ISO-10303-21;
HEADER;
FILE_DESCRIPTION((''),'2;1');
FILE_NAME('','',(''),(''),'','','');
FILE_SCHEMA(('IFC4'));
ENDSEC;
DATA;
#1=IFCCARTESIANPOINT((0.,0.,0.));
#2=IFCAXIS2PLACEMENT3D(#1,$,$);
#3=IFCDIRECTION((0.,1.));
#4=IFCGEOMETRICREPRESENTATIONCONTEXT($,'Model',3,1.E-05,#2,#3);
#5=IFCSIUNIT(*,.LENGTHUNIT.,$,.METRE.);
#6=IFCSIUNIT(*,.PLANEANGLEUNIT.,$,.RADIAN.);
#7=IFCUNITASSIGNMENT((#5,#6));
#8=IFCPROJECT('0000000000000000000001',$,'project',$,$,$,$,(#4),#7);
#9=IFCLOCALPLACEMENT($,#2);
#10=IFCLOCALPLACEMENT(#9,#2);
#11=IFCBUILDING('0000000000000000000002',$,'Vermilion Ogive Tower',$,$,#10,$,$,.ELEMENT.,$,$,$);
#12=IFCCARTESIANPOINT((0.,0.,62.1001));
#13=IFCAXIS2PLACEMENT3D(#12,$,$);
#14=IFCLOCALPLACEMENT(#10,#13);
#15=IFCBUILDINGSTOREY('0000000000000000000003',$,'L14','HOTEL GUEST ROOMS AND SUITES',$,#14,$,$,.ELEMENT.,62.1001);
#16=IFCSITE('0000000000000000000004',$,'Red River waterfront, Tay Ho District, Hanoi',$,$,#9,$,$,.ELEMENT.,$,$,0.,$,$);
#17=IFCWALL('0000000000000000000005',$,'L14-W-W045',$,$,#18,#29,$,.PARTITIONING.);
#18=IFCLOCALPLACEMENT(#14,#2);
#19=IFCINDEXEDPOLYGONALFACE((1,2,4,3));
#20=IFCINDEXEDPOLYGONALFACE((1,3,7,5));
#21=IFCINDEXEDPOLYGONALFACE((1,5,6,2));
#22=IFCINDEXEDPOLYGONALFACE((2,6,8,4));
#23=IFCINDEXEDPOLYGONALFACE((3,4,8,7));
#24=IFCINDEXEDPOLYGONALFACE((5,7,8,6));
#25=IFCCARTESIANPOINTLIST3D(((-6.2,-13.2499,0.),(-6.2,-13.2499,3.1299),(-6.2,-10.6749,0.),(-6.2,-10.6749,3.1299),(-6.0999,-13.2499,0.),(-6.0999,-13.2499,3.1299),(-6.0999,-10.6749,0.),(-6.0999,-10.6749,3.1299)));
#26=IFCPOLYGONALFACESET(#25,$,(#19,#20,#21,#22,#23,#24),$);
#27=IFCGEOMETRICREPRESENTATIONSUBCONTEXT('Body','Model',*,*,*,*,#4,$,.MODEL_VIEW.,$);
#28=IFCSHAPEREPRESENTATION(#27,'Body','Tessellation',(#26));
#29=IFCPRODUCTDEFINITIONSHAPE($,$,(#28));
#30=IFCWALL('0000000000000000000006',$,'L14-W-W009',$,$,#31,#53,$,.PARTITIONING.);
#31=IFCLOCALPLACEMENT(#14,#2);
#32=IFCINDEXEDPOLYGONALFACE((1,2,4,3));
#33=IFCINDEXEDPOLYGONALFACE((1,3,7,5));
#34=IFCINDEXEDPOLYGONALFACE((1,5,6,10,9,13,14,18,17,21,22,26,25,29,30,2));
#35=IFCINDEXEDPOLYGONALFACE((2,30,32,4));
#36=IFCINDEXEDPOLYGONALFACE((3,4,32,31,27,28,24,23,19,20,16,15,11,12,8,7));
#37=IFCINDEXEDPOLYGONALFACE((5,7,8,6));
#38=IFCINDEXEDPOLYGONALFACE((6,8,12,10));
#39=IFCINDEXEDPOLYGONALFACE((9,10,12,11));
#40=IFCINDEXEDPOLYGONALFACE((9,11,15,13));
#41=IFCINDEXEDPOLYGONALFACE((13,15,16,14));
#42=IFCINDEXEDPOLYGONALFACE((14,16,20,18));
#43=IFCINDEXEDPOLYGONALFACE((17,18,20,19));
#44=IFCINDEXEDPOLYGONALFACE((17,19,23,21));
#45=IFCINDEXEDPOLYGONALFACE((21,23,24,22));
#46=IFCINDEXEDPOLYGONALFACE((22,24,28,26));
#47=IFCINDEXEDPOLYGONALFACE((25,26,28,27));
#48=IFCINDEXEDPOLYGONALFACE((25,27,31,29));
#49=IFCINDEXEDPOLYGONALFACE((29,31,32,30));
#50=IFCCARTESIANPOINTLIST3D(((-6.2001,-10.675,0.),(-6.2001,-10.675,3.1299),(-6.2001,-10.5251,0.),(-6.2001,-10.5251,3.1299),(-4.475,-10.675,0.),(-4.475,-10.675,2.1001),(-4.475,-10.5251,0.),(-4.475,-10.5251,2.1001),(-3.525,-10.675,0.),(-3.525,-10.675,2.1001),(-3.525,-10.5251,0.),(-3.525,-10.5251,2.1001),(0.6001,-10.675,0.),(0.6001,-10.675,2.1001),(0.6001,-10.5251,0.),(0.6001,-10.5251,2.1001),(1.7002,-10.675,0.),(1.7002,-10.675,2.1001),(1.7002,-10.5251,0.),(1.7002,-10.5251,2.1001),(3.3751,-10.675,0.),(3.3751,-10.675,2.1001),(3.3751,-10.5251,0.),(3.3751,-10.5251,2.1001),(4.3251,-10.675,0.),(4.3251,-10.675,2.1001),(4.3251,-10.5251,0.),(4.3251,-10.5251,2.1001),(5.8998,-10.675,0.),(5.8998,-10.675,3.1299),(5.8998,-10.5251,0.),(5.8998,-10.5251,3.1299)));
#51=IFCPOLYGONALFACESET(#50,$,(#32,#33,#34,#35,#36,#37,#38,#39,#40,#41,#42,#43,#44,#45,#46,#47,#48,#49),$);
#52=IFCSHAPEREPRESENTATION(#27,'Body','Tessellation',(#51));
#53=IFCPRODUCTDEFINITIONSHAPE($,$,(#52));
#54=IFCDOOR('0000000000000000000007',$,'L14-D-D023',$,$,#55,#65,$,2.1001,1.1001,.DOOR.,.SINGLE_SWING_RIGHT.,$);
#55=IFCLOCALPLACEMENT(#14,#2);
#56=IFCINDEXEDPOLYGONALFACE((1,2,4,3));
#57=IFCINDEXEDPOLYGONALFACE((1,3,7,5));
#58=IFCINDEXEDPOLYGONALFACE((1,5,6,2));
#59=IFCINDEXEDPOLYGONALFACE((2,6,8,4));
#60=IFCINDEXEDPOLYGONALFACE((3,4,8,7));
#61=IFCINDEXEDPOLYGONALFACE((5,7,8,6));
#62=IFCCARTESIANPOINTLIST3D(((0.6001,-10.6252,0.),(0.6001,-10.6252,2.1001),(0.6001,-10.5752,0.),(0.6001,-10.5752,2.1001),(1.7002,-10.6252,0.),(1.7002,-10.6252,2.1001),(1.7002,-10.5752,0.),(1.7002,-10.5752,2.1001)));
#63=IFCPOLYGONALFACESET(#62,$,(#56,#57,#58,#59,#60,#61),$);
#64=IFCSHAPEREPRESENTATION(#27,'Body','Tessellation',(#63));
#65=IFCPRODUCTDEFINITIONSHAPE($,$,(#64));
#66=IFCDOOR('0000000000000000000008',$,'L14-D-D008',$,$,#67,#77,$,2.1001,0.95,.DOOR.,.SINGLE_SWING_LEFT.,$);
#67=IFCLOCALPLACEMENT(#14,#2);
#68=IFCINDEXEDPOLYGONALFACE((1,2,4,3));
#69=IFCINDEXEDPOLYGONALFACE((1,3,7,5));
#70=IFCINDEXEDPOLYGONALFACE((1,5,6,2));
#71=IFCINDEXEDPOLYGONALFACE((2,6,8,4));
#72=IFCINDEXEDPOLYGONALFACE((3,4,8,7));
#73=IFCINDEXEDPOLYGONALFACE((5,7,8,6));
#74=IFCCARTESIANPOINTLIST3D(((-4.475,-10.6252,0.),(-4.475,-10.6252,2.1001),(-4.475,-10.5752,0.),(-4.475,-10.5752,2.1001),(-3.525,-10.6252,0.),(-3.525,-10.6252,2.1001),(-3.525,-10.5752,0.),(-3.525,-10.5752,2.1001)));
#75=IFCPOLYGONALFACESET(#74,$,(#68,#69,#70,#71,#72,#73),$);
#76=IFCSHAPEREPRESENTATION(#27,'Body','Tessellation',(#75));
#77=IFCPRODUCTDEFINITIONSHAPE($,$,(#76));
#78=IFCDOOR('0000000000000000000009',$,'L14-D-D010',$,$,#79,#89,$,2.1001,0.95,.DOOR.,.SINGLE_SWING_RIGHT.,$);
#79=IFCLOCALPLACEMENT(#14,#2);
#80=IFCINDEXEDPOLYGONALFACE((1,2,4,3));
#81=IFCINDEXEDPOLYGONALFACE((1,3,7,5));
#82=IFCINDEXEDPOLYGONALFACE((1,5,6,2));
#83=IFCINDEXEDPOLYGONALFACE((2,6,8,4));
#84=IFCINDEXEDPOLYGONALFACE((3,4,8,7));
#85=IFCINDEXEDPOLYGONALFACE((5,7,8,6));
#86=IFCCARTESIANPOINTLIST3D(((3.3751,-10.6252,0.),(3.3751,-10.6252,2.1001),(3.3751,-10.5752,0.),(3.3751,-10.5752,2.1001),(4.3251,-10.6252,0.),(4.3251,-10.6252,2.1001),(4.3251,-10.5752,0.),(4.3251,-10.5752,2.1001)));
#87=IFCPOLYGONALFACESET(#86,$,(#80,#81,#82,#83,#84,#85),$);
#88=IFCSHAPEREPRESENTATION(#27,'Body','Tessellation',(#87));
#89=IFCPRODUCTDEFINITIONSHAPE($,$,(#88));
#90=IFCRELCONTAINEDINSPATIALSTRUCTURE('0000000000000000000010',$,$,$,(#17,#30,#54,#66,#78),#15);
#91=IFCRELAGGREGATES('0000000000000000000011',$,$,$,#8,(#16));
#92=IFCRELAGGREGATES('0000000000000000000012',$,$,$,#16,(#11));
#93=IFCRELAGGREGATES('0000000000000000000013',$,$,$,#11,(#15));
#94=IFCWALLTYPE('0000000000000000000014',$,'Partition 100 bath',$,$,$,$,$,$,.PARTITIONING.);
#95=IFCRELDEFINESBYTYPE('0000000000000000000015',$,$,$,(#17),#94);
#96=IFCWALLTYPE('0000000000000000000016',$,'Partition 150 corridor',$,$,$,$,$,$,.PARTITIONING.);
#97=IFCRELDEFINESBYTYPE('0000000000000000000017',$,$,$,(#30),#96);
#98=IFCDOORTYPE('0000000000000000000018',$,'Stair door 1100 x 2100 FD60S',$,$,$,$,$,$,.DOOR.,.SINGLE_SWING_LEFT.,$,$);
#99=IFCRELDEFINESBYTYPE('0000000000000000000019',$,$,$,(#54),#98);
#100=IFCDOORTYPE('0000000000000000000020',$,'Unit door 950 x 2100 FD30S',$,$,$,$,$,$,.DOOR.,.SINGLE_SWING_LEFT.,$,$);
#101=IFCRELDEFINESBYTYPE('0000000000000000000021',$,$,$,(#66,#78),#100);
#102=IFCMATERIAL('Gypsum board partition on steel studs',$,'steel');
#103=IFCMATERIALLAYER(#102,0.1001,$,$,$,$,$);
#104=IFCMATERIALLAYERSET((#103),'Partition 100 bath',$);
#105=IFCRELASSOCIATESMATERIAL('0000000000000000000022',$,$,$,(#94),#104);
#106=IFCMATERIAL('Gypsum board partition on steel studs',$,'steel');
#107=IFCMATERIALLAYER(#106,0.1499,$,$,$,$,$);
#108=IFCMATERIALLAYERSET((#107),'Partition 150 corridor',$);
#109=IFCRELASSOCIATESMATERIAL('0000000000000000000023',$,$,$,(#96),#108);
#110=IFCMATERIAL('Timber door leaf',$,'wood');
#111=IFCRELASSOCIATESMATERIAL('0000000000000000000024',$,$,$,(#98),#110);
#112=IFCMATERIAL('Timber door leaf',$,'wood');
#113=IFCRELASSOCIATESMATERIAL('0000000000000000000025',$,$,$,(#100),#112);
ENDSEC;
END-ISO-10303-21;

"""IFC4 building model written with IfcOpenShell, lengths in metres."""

from ifc_helpers import new_model, si_unit, direction, frame, frame_2d, origin, place, context, subcontext, project, spatial, rectangle, extrude, material, layer, layer_set, type_object, element, fill, save


model = new_model("IFC4")

# Units and contexts
model_context = context("Model", 3, precision=1e-05, world=origin(), true_north=direction((0.0, 1.0)))
body_context = subcontext(model_context, "Body", "Model", "MODEL_VIEW")
ifc_project = project(units=[si_unit("LENGTHUNIT", "METRE"), si_unit("PLANEANGLEUNIT", "RADIAN")], contexts=[model_context])

# Site, building, storey
site_placement = place(None, origin())
site = spatial("IfcSite", under=ifc_project, at=site_placement, Name="Red River waterfront, Tay Ho District, Hanoi", CompositionType="ELEMENT", RefElevation=0.0)
building_placement = place(site_placement, origin())
building = spatial("IfcBuilding", under=site, at=building_placement, Name="Vermilion Ogive Tower", CompositionType="ELEMENT")
storey_placement = place(building_placement, frame((0.0, 0.0, 62.1001)))
storey = spatial("IfcBuildingStorey", under=building, at=storey_placement, Name="L14", Description="HOTEL GUEST ROOMS AND SUITES", CompositionType="ELEMENT", Elevation=62.1001)

# Shared definitions
ifc_material_1 = material(Name="Gypsum board partition on steel studs", Category="steel")
ifc_layer_1 = layer(ifc_material_1, 0.1001)
ifc_layer_set_1 = layer_set([ifc_layer_1], Name="Partition 100 bath")
wall_type_1 = type_object("IfcWallType", Name="Partition 100 bath", PredefinedType="PARTITIONING", material=ifc_layer_set_1)

# Wall
wall_1_placement = place(storey_placement, frame((-6.1499, -13.25, 0.0), z_axis=(0.0, 0.0, 1.0), x_axis=(0.0, 1.0, 0.0)))
element("IfcWall", 1, at=wall_1_placement, inside=storey, type_object=wall_type_1, Name="L14-W-W045", PredefinedType="PARTITIONING", context=body_context, shape_type="SweptSolid", body=[
    extrude(rectangle(XDim=2.575, YDim=0.1001, at=frame_2d((1.2876, 0.0))), origin(), (0.0, 0.0, 1.0), 3.1299),
])

# Wall, openings, doors
ifc_material_2 = material(Name="Gypsum board partition on steel studs", Category="steel")
ifc_layer_2 = layer(ifc_material_2, 0.1499)
ifc_layer_set_2 = layer_set([ifc_layer_2], Name="Partition 150 corridor")
wall_type_2 = type_object("IfcWallType", Name="Partition 150 corridor", PredefinedType="PARTITIONING", material=ifc_layer_set_2)
wall_2_placement = place(storey_placement, frame((-6.2, -10.6001, 0.0), z_axis=(0.0, 0.0, 1.0), x_axis=(1.0, 0.0, 0.0)))
wall_2 = element("IfcWall", 2, at=wall_2_placement, inside=storey, type_object=wall_type_2, Name="L14-W-W009", PredefinedType="PARTITIONING", context=body_context, shape_type="SweptSolid", body=[
    extrude(rectangle(XDim=12.0999, YDim=0.1499, at=frame_2d((6.0498, 0.0))), origin(), (0.0, 0.0, 1.0), 3.1299),
])
opening_1_placement = place(wall_2_placement, frame((1.7249, 0.0, 0.0)))
opening_1 = element("IfcOpeningElement", 3, at=opening_1_placement, cuts=wall_2, PredefinedType="OPENING", context=body_context, shape_type="SweptSolid", body=[
    extrude(rectangle(XDim=0.95, YDim=2.1001, at=frame_2d((0.4751, 1.05))), frame((0.0, 0.085, 0.0), z_axis=(0.0, -1.0, 0.0), x_axis=(1.0, 0.0, 0.0)), (0.0, 0.0, 1.0), 0.1699),
])
opening_2_placement = place(wall_2_placement, frame((9.575, 0.0, 0.0)))
opening_2 = element("IfcOpeningElement", 4, at=opening_2_placement, cuts=wall_2, PredefinedType="OPENING", context=body_context, shape_type="SweptSolid", body=[
    extrude(rectangle(XDim=0.95, YDim=2.1001, at=frame_2d((0.4751, 1.05))), frame((0.0, 0.085, 0.0), z_axis=(0.0, -1.0, 0.0), x_axis=(1.0, 0.0, 0.0)), (0.0, 0.0, 1.0), 0.1699),
])
opening_3_placement = place(wall_2_placement, frame((6.8, 0.0, 0.0)))
opening_3 = element("IfcOpeningElement", 5, at=opening_3_placement, cuts=wall_2, PredefinedType="OPENING", context=body_context, shape_type="SweptSolid", body=[
    extrude(rectangle(XDim=1.1001, YDim=2.1001, at=frame_2d((0.55, 1.05))), frame((0.0, 0.085, 0.0), z_axis=(0.0, -1.0, 0.0), x_axis=(1.0, 0.0, 0.0)), (0.0, 0.0, 1.0), 0.1699),
])
ifc_material_3 = material(Name="Timber door leaf", Category="wood")
door_type_1 = type_object("IfcDoorType", Name="Stair door 1100 x 2100 FD60S", OperationType="SINGLE_SWING_LEFT", PredefinedType="DOOR", material=ifc_material_3)
door_1_placement = place(opening_3_placement, origin())
door_1 = element("IfcDoor", 6, at=door_1_placement, inside=storey, type_object=door_type_1, Name="L14-D-D023", OperationType="SINGLE_SWING_RIGHT", OverallHeight=2.1001, OverallWidth=1.1001, PredefinedType="DOOR", context=body_context, shape_type="SweptSolid", body=[
    extrude(rectangle(XDim=1.1001, YDim=2.1001, at=frame_2d((0.55, 1.05))), frame((0.0, 0.0249, 0.0), z_axis=(0.0, -1.0, 0.0), x_axis=(1.0, 0.0, 0.0)), (0.0, 0.0, 1.0), 0.05),
])
fill(opening_3, door_1)
ifc_material_4 = material(Name="Timber door leaf", Category="wood")
door_type_2 = type_object("IfcDoorType", Name="Unit door 950 x 2100 FD30S", OperationType="SINGLE_SWING_LEFT", PredefinedType="DOOR", material=ifc_material_4)
door_2_placement = place(opening_1_placement, origin())
door_2 = element("IfcDoor", 7, at=door_2_placement, inside=storey, type_object=door_type_2, Name="L14-D-D008", OperationType="SINGLE_SWING_LEFT", OverallHeight=2.1001, OverallWidth=0.95, PredefinedType="DOOR", context=body_context, shape_type="SweptSolid", body=[
    extrude(rectangle(XDim=0.95, YDim=2.1001, at=frame_2d((0.4751, 1.05))), frame((0.0, 0.0249, 0.0), z_axis=(0.0, -1.0, 0.0), x_axis=(1.0, 0.0, 0.0)), (0.0, 0.0, 1.0), 0.05),
])
fill(opening_1, door_2)
door_3_placement = place(opening_2_placement, origin())
door_3 = element("IfcDoor", 8, at=door_3_placement, inside=storey, type_object=door_type_2, Name="L14-D-D010", OperationType="SINGLE_SWING_RIGHT", OverallHeight=2.1001, OverallWidth=0.95, PredefinedType="DOOR", context=body_context, shape_type="SweptSolid", body=[
    extrude(rectangle(XDim=0.95, YDim=2.1001, at=frame_2d((0.4751, 1.05))), frame((0.0, 0.0249, 0.0), z_axis=(0.0, -1.0, 0.0), x_axis=(1.0, 0.0, 0.0)), (0.0, 0.0, 1.0), 0.05),
])
fill(opening_2, door_3)

save(model, "model.ifc")
